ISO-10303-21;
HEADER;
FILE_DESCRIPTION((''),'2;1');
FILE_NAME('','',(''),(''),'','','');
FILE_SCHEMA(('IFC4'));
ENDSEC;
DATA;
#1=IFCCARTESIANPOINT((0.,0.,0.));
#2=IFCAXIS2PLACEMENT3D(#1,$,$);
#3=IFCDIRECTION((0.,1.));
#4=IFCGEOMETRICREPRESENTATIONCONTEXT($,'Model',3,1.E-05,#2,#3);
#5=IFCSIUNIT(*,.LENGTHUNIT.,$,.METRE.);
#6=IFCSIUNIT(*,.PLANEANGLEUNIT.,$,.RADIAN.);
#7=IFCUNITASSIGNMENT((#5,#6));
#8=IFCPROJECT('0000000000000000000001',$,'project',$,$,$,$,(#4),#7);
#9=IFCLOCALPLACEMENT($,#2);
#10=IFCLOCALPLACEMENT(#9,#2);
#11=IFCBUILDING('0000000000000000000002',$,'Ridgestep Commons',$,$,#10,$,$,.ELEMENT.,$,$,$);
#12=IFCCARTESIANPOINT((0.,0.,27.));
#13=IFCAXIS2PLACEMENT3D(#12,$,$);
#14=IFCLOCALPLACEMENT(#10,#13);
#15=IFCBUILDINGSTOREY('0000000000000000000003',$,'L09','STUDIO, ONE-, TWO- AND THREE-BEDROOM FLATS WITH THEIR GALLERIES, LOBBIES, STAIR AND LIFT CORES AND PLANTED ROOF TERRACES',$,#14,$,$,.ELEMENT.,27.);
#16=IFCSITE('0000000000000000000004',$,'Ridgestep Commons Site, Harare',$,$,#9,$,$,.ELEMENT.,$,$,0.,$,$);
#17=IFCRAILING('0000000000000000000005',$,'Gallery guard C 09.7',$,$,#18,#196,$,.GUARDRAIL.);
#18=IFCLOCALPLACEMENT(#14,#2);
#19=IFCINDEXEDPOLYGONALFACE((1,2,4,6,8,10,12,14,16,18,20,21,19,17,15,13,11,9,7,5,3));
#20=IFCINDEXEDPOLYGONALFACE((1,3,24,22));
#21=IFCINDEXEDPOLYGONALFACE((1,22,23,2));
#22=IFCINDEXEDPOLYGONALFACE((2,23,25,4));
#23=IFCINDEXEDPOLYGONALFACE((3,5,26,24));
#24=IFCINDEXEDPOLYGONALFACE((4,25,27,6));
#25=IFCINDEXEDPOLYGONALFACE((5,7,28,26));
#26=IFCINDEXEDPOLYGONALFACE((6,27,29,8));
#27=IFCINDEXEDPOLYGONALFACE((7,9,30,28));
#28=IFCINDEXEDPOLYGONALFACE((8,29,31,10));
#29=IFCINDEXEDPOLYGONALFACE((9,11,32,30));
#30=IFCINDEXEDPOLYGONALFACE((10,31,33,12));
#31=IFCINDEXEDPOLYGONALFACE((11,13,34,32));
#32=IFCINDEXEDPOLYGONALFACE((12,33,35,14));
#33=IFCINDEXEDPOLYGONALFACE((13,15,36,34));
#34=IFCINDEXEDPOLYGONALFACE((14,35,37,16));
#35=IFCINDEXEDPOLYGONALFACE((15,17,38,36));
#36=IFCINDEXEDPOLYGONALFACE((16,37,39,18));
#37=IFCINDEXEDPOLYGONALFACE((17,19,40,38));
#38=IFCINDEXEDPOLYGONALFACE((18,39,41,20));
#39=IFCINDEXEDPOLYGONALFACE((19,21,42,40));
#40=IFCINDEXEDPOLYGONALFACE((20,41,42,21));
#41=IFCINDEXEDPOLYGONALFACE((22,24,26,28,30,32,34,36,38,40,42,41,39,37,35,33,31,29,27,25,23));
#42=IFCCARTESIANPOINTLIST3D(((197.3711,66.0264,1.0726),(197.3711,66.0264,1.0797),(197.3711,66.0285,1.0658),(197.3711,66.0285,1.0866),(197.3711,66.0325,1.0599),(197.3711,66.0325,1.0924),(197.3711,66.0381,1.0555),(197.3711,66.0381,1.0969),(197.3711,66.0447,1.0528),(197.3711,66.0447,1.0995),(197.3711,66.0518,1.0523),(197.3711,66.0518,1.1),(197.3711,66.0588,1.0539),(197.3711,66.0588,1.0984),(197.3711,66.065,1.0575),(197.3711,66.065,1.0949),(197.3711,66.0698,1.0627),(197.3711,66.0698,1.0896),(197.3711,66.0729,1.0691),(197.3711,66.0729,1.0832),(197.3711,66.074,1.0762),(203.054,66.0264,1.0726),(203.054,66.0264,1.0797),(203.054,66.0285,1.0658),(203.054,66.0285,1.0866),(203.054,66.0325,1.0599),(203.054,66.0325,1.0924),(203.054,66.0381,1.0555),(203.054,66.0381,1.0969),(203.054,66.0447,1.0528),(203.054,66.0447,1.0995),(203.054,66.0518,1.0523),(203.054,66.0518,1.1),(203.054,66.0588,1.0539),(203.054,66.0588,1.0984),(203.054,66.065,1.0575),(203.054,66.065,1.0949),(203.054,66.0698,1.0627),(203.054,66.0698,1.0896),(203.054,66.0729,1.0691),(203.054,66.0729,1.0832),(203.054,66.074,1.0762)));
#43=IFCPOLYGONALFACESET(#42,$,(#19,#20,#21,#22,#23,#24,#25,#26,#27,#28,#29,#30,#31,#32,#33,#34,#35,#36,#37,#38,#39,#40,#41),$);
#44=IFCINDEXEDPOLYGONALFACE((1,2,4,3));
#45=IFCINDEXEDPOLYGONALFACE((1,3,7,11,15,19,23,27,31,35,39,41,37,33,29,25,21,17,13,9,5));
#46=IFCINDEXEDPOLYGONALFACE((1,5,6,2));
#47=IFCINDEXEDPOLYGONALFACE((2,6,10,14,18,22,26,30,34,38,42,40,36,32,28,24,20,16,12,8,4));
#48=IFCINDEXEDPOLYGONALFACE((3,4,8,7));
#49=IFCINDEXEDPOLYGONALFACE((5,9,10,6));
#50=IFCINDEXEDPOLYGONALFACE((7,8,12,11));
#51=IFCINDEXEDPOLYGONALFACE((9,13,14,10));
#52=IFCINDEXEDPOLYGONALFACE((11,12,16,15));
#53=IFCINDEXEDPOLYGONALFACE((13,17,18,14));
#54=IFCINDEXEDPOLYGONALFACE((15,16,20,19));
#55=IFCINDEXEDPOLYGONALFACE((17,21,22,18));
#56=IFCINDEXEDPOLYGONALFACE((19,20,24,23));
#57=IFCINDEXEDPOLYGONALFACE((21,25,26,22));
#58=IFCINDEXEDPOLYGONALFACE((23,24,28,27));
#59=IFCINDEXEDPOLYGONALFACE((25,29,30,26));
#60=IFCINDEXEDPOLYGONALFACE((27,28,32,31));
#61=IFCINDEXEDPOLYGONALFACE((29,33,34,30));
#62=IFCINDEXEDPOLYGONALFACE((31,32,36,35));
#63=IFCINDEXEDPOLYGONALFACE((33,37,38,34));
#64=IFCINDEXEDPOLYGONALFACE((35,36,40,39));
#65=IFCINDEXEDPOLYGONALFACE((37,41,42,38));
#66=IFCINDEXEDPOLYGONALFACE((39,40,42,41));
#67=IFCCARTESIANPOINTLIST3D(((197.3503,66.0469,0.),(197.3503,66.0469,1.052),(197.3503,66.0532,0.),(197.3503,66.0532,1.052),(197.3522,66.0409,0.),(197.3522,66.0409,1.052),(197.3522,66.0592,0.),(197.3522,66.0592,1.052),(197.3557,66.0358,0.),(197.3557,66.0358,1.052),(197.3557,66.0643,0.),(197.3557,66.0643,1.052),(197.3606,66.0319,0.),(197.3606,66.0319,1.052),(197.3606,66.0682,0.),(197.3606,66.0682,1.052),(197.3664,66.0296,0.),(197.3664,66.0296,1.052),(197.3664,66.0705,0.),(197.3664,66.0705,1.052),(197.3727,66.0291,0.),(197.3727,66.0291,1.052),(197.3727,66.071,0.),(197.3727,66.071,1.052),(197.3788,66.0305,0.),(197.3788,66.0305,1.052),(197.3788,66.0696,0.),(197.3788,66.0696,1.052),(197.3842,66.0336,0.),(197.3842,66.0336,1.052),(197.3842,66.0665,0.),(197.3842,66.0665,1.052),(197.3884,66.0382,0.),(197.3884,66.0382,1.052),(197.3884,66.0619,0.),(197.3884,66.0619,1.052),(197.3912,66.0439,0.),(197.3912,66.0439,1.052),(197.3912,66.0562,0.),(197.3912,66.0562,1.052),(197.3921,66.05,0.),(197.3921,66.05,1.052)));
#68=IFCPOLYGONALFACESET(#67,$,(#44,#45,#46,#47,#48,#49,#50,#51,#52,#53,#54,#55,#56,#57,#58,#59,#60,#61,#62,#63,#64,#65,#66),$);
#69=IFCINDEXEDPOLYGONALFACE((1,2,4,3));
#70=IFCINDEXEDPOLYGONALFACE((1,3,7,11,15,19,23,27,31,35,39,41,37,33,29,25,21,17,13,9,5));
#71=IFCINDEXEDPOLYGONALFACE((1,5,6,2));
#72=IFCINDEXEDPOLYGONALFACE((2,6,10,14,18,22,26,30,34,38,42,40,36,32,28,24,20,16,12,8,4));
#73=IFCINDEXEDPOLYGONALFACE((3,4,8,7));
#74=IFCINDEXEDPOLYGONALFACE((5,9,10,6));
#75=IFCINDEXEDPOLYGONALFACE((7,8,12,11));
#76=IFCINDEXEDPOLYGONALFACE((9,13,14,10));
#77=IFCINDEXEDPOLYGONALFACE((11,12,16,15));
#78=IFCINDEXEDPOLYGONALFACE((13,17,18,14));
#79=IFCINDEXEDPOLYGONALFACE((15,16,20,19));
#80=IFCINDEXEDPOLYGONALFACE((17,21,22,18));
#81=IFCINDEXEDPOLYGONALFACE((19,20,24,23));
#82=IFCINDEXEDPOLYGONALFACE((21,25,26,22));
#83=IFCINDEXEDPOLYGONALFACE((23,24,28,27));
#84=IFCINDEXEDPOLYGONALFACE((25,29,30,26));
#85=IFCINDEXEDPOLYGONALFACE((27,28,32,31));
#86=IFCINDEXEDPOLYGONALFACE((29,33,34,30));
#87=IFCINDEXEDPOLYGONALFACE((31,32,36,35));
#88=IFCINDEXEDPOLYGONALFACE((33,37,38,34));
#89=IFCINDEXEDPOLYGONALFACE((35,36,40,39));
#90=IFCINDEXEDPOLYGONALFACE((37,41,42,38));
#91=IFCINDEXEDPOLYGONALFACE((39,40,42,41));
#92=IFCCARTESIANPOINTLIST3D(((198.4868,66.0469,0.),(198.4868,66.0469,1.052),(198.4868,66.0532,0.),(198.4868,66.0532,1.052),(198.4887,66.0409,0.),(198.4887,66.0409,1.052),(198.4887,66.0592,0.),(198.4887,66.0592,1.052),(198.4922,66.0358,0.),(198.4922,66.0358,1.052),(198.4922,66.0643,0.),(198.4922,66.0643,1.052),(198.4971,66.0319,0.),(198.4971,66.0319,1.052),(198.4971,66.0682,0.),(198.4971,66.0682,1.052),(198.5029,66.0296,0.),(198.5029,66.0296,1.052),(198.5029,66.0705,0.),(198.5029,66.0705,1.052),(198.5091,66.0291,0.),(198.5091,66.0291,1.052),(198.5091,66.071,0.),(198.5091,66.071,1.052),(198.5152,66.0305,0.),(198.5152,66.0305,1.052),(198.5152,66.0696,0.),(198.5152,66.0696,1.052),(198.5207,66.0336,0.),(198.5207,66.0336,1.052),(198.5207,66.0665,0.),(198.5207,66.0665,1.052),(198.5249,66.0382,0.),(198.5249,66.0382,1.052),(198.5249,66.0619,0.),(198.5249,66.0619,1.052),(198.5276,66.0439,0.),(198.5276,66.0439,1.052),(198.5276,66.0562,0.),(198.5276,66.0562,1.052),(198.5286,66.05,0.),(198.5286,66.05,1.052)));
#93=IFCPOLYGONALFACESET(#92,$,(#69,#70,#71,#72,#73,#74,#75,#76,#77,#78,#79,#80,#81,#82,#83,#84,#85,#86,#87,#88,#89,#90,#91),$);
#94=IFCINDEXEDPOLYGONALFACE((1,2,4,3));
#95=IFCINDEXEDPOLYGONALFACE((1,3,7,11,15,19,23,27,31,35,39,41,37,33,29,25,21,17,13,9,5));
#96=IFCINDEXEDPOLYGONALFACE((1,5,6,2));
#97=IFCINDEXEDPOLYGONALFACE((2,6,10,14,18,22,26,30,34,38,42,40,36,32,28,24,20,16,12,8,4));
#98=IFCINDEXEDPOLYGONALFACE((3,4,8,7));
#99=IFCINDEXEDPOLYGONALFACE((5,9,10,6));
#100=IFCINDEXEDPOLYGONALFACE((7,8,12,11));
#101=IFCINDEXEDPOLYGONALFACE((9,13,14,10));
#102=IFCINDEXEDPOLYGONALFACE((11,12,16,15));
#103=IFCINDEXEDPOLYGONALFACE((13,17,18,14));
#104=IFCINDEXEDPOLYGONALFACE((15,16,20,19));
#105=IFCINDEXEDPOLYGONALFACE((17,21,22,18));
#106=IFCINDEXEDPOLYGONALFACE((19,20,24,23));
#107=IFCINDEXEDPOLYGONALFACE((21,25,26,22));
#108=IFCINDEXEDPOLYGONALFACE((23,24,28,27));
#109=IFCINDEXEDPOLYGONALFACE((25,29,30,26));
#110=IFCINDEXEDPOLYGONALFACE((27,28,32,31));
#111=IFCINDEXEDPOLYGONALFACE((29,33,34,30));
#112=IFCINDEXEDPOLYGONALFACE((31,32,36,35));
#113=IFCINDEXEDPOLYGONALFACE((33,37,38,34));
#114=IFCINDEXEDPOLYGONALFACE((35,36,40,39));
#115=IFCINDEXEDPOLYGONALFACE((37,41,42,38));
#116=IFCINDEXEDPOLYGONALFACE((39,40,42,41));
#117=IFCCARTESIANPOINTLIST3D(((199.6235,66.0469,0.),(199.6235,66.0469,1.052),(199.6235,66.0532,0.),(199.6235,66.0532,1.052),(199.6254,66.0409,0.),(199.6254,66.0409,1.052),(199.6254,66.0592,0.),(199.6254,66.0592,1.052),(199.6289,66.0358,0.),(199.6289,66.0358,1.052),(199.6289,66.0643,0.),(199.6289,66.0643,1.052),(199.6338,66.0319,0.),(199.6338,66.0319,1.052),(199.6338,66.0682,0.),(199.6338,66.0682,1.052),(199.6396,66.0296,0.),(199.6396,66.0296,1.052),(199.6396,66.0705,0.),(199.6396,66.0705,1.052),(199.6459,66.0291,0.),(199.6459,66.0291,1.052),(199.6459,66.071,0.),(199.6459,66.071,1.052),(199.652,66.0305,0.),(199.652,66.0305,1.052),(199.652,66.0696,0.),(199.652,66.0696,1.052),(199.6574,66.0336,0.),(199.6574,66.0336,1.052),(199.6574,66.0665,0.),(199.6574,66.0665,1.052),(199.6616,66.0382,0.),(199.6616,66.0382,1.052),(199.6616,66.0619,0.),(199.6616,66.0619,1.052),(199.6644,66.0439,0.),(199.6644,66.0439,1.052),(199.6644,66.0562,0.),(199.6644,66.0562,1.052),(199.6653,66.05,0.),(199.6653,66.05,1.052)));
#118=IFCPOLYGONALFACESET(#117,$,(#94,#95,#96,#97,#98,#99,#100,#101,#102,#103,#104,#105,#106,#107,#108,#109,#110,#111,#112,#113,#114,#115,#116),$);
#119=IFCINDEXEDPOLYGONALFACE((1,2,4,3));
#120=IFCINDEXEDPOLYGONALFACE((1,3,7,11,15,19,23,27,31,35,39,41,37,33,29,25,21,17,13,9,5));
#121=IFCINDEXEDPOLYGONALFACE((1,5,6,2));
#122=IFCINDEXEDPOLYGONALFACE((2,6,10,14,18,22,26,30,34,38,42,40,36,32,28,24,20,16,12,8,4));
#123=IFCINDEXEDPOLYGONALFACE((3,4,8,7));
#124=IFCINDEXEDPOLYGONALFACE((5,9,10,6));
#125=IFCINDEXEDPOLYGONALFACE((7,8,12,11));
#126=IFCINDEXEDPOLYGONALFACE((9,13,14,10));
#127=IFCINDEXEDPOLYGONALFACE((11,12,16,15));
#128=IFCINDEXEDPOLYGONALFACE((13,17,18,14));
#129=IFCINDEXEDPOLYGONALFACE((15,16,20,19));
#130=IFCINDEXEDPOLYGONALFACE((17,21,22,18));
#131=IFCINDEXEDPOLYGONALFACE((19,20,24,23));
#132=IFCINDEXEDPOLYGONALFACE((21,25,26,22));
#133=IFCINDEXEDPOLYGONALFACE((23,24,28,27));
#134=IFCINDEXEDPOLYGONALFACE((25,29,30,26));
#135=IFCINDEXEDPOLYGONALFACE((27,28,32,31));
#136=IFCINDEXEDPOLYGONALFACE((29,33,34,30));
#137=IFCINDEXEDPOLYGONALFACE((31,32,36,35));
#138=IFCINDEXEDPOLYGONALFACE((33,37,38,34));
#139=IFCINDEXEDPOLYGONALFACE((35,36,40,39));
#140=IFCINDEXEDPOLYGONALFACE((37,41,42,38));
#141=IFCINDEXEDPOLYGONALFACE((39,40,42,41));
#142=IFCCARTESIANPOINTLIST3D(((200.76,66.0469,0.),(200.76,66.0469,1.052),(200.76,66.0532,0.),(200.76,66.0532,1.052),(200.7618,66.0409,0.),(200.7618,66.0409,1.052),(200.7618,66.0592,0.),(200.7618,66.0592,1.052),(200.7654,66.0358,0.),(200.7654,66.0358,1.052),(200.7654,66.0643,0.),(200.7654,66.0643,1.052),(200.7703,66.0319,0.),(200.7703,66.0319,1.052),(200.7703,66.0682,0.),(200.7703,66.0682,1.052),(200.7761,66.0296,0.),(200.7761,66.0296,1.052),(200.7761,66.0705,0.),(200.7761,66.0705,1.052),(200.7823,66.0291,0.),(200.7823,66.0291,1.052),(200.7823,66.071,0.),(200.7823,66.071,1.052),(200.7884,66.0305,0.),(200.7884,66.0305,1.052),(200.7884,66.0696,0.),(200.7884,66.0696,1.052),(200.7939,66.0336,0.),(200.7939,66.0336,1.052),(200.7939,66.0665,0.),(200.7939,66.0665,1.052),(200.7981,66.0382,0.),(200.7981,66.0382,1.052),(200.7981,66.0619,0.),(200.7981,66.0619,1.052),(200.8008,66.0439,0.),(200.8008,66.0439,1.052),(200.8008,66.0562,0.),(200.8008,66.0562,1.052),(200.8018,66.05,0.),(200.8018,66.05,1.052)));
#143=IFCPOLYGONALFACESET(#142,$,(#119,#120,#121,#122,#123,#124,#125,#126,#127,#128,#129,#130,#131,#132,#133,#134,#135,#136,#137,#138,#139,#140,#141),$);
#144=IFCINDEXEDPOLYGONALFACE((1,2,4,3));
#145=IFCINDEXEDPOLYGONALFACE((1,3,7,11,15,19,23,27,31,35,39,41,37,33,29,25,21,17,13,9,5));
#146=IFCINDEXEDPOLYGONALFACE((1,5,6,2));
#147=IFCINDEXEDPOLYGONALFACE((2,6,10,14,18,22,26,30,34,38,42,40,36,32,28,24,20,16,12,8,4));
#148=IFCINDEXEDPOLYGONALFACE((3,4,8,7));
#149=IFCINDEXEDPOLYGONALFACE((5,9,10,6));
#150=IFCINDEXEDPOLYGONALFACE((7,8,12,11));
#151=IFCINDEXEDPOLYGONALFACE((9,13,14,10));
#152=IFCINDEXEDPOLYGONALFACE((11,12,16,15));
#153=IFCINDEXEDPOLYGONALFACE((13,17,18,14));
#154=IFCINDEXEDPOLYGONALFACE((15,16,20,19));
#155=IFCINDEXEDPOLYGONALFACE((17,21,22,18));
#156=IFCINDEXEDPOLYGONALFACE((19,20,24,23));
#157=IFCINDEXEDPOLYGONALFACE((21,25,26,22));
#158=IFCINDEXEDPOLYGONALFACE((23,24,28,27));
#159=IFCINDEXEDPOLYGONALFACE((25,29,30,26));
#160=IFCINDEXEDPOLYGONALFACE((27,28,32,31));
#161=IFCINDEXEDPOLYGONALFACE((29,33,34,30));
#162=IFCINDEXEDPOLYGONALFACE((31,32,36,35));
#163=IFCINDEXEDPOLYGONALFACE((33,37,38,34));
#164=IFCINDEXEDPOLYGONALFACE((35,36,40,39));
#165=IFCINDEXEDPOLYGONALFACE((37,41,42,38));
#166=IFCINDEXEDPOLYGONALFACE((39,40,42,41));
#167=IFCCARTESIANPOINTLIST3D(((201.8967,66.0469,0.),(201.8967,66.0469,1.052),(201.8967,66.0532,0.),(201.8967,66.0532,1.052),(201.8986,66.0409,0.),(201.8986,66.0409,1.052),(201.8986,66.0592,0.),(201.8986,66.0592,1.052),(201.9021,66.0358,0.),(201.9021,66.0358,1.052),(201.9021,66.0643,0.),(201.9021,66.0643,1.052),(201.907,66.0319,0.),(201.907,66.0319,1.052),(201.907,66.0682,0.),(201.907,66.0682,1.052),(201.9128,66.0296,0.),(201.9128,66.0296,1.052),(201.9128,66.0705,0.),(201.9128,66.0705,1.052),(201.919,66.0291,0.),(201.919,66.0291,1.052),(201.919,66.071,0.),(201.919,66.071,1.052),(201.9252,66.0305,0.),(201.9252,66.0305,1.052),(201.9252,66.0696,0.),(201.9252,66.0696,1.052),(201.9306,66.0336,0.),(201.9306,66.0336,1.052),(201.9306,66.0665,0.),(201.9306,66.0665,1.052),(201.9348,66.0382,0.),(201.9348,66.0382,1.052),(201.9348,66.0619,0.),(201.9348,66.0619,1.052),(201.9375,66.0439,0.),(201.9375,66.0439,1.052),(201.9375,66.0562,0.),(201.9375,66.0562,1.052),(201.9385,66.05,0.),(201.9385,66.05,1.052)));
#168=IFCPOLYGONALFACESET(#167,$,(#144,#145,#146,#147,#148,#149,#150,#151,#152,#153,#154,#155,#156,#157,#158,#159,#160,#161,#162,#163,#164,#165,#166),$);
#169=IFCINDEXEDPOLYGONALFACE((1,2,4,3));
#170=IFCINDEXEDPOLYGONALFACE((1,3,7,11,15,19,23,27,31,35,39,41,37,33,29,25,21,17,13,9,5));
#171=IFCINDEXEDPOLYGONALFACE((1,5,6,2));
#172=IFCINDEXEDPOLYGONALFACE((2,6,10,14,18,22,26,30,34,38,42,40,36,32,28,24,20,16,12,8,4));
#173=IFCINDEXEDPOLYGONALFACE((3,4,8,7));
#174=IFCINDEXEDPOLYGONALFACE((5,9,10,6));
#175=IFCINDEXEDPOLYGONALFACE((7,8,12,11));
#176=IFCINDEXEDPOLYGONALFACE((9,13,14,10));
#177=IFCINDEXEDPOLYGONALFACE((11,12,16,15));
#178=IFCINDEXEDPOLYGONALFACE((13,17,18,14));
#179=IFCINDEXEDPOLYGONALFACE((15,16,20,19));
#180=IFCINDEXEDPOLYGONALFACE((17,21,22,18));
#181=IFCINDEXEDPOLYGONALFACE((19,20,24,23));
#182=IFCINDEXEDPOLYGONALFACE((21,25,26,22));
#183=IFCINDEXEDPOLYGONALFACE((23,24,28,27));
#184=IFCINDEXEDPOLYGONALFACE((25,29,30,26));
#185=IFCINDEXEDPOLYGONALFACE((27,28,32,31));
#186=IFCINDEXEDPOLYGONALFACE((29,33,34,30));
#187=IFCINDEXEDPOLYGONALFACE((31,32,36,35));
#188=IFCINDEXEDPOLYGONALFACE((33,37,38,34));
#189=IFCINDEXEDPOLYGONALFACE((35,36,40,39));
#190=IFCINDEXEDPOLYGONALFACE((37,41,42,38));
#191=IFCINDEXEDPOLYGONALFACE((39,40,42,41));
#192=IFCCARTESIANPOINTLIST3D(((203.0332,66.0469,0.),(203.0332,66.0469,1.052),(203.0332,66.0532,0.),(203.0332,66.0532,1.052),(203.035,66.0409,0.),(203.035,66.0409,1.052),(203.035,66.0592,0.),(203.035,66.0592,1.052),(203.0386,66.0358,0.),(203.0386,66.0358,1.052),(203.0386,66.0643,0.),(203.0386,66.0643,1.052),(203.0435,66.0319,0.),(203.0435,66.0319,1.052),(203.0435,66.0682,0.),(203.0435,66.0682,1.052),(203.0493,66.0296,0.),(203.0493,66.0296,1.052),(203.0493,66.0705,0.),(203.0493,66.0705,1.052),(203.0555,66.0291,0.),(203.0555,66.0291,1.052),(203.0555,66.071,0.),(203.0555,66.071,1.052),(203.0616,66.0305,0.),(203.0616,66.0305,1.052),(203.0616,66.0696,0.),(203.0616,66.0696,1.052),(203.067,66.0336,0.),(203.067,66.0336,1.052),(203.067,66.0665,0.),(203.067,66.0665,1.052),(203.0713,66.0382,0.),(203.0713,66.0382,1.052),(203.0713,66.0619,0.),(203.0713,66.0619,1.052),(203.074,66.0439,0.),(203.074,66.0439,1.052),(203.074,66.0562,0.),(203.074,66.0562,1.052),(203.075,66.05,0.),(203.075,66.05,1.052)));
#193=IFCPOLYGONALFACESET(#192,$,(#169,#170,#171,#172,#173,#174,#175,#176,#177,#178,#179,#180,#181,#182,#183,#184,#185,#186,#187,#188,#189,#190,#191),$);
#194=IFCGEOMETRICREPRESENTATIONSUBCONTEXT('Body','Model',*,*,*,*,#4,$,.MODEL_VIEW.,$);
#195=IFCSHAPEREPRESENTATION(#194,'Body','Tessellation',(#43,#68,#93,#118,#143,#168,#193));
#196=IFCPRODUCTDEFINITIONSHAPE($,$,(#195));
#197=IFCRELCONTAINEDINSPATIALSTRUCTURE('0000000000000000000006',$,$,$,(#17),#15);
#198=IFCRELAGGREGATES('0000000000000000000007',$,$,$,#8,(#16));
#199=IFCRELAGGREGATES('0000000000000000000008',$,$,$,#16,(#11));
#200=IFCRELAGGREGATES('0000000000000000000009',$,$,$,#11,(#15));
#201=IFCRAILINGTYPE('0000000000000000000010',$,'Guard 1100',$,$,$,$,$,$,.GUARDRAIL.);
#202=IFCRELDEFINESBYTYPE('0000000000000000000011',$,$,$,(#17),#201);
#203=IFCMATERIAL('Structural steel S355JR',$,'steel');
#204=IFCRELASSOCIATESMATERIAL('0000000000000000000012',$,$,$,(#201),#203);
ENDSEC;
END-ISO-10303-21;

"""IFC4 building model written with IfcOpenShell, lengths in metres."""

from ifc_helpers import new_model, si_unit, direction, frame, origin, origin_2d, place, context, subcontext, project, spatial, circle, extrude, material, type_object, element, save


model = new_model("IFC4")

# Units and contexts
model_context = context("Model", 3, precision=1e-05, world=origin(), true_north=direction((0.0, 1.0)))
body_context = subcontext(model_context, "Body", "Model", "MODEL_VIEW")
ifc_project = project(units=[si_unit("LENGTHUNIT", "METRE"), si_unit("PLANEANGLEUNIT", "RADIAN")], contexts=[model_context])

# Site, building, storey
site_placement = place(None, origin())
site = spatial("IfcSite", under=ifc_project, at=site_placement, Name="Ridgestep Commons Site, Harare", CompositionType="ELEMENT", RefElevation=0.0)
building_placement = place(site_placement, origin())
building = spatial("IfcBuilding", under=site, at=building_placement, Name="Ridgestep Commons", CompositionType="ELEMENT")
storey_placement = place(building_placement, frame((0.0, 0.0, 27.0)))
storey = spatial("IfcBuildingStorey", under=building, at=storey_placement, Name="L09", Description="STUDIO, ONE-, TWO- AND THREE-BEDROOM FLATS WITH THEIR GALLERIES, LOBBIES, STAIR AND LIFT CORES AND PLANTED ROOF TERRACES", CompositionType="ELEMENT", Elevation=27.0)

# Railing
ifc_material_1 = material(Name="Structural steel S355JR", Category="steel")
railing_type = type_object("IfcRailingType", Name="Guard 1100", PredefinedType="GUARDRAIL", material=ifc_material_1)
railing_1_placement = place(storey_placement, frame((197.3711, 66.05, 0.0)))
element("IfcRailing", 1, at=railing_1_placement, inside=storey, type_object=railing_type, Name="Gallery guard C 09.7", PredefinedType="GUARDRAIL", context=body_context, shape_type="SweptSolid", body=[
    extrude(circle(Radius=0.0239, at=origin_2d()), frame((0.0, 0.0, 1.0762), z_axis=(1.0, 0.0, 0.0), x_axis=(0.0, 1.0, 0.0)), (0.0, 0.0, 1.0), 5.6829),
    extrude(circle(Radius=0.021, at=origin_2d()), origin(), (0.0, 0.0, 1.0), 1.052),
    extrude(circle(Radius=0.021, at=origin_2d()), frame((1.1365, 0.0, 0.0)), (0.0, 0.0, 1.0), 1.052),
    extrude(circle(Radius=0.021, at=origin_2d()), frame((2.2732, 0.0, 0.0)), (0.0, 0.0, 1.0), 1.052),
    extrude(circle(Radius=0.021, at=origin_2d()), frame((3.4097, 0.0, 0.0)), (0.0, 0.0, 1.0), 1.052),
    extrude(circle(Radius=0.021, at=origin_2d()), frame((4.5464, 0.0, 0.0)), (0.0, 0.0, 1.0), 1.052),
    extrude(circle(Radius=0.021, at=origin_2d()), frame((5.6829, 0.0, 0.0)), (0.0, 0.0, 1.0), 1.052),
])

save(model, "model.ifc")
